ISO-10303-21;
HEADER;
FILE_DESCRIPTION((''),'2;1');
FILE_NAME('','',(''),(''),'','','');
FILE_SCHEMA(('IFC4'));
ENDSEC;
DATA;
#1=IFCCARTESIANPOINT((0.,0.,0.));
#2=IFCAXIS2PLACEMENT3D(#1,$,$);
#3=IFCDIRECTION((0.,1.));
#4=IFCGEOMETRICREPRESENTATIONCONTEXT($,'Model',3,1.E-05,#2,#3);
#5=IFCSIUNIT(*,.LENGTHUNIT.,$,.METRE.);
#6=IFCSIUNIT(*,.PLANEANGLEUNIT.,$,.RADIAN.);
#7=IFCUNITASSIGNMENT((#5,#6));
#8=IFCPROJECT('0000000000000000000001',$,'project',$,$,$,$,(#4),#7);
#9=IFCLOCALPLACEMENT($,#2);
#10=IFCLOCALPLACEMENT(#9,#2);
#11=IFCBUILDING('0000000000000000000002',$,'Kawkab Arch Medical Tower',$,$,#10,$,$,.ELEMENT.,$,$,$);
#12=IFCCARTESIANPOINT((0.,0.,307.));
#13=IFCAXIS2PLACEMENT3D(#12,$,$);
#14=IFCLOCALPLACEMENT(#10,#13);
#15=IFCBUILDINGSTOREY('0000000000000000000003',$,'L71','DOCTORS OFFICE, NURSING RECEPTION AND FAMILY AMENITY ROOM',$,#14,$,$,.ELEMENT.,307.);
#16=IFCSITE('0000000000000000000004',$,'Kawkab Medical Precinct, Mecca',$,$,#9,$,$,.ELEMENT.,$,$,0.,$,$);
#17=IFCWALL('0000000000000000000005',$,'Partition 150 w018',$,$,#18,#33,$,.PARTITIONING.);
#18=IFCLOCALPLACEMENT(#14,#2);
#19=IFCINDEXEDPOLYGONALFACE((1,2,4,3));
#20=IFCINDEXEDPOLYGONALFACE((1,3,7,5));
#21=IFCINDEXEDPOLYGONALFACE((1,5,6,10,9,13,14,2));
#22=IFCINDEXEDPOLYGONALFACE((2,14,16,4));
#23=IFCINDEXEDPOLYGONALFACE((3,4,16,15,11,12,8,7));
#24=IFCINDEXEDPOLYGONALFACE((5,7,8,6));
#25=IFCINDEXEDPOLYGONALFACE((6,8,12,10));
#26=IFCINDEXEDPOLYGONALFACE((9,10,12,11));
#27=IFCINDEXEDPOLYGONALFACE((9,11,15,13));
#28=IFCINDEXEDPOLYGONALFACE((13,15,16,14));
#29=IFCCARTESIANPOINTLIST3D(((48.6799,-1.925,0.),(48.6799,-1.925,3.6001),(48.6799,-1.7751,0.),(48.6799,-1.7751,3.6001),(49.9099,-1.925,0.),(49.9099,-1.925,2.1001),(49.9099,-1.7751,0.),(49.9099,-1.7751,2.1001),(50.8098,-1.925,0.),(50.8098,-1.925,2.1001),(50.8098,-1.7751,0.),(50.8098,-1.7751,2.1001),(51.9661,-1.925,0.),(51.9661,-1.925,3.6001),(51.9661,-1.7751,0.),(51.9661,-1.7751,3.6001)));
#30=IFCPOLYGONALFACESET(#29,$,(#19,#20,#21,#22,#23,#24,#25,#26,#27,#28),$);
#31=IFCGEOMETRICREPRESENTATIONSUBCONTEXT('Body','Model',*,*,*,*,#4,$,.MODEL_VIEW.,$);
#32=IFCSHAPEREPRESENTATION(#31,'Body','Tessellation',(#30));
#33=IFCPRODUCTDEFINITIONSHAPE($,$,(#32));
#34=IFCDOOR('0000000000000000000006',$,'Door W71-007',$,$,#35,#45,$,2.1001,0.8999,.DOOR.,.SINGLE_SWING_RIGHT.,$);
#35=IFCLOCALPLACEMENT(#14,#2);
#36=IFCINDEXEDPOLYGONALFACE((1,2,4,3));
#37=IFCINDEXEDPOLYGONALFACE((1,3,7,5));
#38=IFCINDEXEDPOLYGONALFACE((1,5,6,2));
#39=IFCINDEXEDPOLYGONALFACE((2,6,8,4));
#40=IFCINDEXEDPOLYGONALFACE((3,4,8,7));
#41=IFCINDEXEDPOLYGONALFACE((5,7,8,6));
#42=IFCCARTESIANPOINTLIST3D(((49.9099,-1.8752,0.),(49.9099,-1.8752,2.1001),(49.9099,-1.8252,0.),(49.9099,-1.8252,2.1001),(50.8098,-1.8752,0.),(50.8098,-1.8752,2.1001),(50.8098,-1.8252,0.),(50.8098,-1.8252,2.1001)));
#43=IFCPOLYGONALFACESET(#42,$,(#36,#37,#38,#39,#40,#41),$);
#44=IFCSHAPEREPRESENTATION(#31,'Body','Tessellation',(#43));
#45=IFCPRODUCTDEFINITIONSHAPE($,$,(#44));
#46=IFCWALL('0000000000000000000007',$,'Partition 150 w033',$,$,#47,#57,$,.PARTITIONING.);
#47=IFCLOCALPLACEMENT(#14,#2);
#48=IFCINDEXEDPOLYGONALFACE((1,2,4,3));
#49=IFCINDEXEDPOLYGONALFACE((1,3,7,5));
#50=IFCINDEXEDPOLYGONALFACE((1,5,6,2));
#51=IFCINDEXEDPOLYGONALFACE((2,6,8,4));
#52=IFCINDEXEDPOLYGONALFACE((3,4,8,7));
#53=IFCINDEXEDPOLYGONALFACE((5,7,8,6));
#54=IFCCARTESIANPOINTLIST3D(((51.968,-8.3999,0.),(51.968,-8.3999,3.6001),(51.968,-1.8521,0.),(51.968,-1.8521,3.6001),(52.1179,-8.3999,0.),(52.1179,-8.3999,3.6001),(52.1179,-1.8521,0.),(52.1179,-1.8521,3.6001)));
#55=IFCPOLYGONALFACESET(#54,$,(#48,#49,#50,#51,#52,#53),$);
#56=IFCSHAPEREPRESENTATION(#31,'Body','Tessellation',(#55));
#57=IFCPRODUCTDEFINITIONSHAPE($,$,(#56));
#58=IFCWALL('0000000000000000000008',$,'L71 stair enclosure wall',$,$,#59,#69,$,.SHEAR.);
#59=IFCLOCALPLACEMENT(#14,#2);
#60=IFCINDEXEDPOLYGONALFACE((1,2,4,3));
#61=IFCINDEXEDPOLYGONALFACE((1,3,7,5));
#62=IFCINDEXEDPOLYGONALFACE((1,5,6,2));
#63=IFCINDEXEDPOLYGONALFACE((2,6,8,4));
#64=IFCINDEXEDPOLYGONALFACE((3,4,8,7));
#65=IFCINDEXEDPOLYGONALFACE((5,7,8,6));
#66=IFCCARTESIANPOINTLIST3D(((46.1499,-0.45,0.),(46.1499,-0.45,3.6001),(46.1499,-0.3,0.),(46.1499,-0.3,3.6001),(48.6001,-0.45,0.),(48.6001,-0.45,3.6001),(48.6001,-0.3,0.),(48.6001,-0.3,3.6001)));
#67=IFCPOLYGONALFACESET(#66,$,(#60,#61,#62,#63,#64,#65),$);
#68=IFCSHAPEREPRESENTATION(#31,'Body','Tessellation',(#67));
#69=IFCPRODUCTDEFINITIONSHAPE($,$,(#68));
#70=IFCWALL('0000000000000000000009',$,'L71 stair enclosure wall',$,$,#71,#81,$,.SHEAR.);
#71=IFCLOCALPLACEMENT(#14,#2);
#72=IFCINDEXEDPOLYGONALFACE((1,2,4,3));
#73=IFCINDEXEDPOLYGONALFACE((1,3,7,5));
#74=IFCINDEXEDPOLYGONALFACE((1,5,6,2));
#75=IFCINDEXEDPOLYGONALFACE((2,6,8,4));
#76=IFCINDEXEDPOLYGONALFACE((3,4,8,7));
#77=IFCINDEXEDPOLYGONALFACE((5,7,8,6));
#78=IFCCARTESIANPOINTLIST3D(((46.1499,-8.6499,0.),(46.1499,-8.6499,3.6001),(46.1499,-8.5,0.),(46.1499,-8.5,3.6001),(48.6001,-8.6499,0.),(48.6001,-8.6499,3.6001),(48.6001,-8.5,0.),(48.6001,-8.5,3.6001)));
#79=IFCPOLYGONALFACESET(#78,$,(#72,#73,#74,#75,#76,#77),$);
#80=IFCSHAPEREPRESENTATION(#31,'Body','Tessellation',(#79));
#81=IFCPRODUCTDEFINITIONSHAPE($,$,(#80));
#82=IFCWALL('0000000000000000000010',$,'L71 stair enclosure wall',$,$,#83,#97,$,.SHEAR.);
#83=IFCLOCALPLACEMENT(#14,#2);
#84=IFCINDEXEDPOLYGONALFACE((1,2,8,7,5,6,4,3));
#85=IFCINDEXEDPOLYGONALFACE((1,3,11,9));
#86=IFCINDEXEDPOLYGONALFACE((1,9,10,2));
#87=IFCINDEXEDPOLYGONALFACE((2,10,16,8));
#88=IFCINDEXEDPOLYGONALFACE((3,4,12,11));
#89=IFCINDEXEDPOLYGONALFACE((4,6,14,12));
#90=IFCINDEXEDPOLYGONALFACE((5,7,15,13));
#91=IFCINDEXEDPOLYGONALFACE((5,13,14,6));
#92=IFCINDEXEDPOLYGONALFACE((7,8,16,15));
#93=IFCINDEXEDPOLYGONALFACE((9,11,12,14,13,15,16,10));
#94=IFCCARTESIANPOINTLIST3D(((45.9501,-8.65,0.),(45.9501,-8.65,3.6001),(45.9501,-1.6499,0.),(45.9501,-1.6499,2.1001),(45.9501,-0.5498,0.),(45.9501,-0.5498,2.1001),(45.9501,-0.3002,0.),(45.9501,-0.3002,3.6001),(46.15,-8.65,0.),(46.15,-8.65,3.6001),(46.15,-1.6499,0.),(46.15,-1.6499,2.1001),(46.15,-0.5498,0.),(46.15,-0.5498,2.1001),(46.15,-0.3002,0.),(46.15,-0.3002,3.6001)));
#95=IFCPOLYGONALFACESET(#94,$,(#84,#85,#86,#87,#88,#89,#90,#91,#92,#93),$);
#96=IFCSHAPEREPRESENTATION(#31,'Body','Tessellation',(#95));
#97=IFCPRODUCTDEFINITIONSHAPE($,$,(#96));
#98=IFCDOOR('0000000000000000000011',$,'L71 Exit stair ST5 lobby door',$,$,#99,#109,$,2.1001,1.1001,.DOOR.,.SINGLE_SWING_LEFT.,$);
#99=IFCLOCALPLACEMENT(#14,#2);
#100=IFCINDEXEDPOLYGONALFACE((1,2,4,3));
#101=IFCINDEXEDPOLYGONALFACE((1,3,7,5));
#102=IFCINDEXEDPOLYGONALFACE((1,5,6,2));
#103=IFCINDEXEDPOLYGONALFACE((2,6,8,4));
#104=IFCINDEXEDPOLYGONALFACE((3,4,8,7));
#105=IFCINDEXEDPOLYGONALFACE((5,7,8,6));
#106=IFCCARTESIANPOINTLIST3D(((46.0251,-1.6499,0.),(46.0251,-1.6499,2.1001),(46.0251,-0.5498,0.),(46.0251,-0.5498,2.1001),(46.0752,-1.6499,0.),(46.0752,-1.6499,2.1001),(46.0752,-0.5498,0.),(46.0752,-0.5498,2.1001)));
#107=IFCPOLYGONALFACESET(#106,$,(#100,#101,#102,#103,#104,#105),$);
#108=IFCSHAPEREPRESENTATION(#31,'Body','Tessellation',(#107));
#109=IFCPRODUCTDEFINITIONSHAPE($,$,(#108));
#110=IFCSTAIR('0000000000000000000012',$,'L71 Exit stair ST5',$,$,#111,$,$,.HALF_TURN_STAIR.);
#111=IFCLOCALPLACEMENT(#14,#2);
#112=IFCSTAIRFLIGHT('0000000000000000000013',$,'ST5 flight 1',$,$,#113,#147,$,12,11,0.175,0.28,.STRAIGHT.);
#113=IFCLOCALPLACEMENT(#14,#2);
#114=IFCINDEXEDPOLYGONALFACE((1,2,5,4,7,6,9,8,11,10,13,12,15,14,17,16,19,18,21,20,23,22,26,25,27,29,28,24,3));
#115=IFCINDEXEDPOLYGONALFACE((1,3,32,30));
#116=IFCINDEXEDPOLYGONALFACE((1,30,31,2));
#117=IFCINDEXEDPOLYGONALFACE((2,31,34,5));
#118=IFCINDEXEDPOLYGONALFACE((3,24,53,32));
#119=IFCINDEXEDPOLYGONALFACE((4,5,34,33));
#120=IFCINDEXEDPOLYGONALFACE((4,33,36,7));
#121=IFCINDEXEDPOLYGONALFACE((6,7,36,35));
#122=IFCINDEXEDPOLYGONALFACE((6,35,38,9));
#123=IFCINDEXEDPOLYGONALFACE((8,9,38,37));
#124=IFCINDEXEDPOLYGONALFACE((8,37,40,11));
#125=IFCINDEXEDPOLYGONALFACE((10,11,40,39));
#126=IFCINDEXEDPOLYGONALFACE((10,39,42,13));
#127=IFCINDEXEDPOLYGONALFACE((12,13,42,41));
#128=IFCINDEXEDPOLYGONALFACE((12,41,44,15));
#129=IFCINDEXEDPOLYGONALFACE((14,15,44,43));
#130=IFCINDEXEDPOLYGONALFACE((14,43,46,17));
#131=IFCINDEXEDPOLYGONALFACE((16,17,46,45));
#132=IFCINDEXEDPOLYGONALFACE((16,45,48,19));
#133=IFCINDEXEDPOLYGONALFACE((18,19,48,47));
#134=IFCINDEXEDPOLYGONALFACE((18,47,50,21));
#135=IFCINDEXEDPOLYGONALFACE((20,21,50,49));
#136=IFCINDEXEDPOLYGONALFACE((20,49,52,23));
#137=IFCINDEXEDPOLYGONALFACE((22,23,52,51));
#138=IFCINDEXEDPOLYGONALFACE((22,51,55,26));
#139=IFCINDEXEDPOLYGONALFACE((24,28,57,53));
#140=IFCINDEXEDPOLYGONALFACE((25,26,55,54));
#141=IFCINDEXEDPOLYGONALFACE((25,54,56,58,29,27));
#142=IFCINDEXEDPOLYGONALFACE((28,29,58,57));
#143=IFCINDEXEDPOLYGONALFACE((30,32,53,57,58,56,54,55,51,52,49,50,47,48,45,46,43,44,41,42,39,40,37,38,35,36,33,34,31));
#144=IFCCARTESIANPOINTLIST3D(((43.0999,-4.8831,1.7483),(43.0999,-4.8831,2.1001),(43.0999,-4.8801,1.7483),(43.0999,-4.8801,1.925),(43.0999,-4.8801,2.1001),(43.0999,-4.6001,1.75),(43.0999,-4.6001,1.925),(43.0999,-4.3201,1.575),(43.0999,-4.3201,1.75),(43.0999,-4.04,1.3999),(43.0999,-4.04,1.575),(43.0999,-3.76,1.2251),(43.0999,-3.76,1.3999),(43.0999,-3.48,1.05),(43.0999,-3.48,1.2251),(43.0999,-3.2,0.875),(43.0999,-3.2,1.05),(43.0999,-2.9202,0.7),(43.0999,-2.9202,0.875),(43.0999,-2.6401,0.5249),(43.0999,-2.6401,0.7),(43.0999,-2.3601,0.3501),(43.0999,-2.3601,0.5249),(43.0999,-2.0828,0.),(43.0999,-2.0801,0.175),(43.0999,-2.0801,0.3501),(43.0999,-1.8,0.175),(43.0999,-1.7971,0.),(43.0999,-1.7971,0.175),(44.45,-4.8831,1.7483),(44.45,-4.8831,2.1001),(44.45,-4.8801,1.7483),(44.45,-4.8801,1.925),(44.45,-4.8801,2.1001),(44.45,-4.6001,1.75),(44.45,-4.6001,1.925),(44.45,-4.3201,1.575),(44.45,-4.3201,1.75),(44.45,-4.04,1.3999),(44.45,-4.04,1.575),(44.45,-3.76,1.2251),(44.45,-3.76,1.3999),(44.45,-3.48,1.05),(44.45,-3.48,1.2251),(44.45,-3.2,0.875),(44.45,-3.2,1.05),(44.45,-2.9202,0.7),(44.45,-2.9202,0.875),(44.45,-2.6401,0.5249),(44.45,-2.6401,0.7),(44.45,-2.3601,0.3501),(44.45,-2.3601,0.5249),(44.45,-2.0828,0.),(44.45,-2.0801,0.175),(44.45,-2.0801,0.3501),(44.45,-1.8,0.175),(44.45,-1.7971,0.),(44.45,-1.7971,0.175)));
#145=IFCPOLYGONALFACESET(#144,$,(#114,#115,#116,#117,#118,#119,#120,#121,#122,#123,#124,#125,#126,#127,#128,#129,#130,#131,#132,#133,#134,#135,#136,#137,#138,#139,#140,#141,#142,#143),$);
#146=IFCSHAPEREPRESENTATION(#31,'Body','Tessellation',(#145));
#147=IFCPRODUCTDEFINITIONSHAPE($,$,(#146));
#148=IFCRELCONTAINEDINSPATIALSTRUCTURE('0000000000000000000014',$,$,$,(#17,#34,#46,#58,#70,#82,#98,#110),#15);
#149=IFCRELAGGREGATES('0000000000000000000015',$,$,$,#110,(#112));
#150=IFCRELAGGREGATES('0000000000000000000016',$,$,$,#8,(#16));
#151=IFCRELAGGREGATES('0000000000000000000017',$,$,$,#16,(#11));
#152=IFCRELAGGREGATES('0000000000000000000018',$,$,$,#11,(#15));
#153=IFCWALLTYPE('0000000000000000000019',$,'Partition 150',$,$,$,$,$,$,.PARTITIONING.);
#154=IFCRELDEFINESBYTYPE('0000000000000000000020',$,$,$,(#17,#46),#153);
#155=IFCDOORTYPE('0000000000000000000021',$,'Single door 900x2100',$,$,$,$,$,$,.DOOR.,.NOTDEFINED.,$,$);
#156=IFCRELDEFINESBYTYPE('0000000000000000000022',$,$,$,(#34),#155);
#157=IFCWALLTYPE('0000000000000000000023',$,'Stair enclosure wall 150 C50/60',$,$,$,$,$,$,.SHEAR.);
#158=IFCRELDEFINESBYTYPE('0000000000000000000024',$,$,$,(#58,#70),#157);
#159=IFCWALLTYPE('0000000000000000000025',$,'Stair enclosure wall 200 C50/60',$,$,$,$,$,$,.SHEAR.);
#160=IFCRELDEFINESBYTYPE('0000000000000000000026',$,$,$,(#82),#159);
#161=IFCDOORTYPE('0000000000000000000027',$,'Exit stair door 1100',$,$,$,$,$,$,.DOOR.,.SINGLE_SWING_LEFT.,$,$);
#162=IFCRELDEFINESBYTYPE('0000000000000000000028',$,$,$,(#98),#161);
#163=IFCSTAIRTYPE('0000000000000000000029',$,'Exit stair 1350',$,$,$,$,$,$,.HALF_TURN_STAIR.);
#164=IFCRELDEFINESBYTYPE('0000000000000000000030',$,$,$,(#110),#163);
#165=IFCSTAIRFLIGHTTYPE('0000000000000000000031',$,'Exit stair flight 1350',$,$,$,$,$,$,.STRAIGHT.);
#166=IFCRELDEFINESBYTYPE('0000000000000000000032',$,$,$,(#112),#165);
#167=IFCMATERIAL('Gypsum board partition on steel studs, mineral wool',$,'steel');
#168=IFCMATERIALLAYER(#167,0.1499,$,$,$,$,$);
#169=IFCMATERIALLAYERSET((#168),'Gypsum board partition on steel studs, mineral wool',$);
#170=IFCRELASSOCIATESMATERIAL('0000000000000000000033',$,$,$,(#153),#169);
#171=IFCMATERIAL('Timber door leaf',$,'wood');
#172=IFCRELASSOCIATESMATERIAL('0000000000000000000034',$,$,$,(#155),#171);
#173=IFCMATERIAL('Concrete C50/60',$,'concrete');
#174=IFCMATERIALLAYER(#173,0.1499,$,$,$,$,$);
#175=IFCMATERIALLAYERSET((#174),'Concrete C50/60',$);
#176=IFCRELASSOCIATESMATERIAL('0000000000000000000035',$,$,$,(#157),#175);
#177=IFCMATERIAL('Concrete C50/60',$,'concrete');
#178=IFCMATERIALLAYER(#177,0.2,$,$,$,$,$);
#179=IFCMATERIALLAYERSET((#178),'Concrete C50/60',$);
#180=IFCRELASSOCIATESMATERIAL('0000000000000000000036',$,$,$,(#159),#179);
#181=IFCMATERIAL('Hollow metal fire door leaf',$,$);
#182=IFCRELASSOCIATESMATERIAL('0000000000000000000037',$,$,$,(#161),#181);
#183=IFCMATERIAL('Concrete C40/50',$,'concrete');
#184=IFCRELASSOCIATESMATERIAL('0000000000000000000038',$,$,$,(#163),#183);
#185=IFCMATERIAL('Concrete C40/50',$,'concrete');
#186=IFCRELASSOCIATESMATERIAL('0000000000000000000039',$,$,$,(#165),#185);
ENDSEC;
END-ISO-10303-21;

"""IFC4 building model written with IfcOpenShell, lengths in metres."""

from ifc_helpers import new_model, si_unit, direction, frame, frame_2d, origin, place, context, subcontext, project, spatial, polyline, rectangle, outline, extrude, material, layer, layer_set, type_object, element, fill, aggregate, save


model = new_model("IFC4")

# Units and contexts
model_context = context("Model", 3, precision=1e-05, world=origin(), true_north=direction((0.0, 1.0)))
body_context = subcontext(model_context, "Body", "Model", "MODEL_VIEW")
ifc_project = project(units=[si_unit("LENGTHUNIT", "METRE"), si_unit("PLANEANGLEUNIT", "RADIAN")], contexts=[model_context])

# Site, building, storey
site_placement = place(None, origin())
site = spatial("IfcSite", under=ifc_project, at=site_placement, Name="Kawkab Medical Precinct, Mecca", CompositionType="ELEMENT", RefElevation=0.0)
building_placement = place(site_placement, origin())
building = spatial("IfcBuilding", under=site, at=building_placement, Name="Kawkab Arch Medical Tower", CompositionType="ELEMENT")
storey_placement = place(building_placement, frame((0.0, 0.0, 307.0)))
storey = spatial("IfcBuildingStorey", under=building, at=storey_placement, Name="L71", Description="DOCTORS OFFICE, NURSING RECEPTION AND FAMILY AMENITY ROOM", CompositionType="ELEMENT", Elevation=307.0)

# Shared definitions
placement = place(storey_placement, origin())

# Wall, opening, door
ifc_material_1 = material(Name="Gypsum board partition on steel studs, mineral wool", Category="steel")
ifc_layer_1 = layer(ifc_material_1, 0.1499)
ifc_layer_set_1 = layer_set([ifc_layer_1], Name="Gypsum board partition on steel studs, mineral wool")
wall_type_1 = type_object("IfcWallType", Name="Partition 150", PredefinedType="PARTITIONING", material=ifc_layer_set_1)
wall_1_placement = place(storey_placement, frame((48.6799, -1.8501, 0.0), z_axis=(0.0, 0.0, 1.0), x_axis=(1.0, 0.0, 0.0)))
wall_1 = element("IfcWall", 1, at=wall_1_placement, inside=storey, type_object=wall_type_1, Name="Partition 150 w018", PredefinedType="PARTITIONING", context=body_context, shape_type="SweptSolid", body=[
    extrude(rectangle(XDim=3.2861, YDim=0.1499, at=frame_2d((1.6431, 0.0))), origin(), (0.0, 0.0, 1.0), 3.6001),
])
opening_1_placement = place(wall_1_placement, frame((1.23, 0.0, 0.0)))
opening_1 = element("IfcOpeningElement", 2, at=opening_1_placement, cuts=wall_1, PredefinedType="OPENING", context=body_context, shape_type="SweptSolid", body=[
    extrude(rectangle(XDim=0.8999, YDim=2.1001, at=frame_2d((0.45, 1.05))), frame((0.0, 0.085, 0.0), z_axis=(0.0, -1.0, 0.0), x_axis=(1.0, 0.0, 0.0)), (0.0, 0.0, 1.0), 0.1699),
])
ifc_material_2 = material(Name="Timber door leaf", Category="wood")
door_type_1 = type_object("IfcDoorType", Name="Single door 900x2100", OperationType="NOTDEFINED", PredefinedType="DOOR", material=ifc_material_2)
door_1_placement = place(opening_1_placement, origin())
door_1 = element("IfcDoor", 3, at=door_1_placement, inside=storey, type_object=door_type_1, Name="Door W71-007", OperationType="SINGLE_SWING_RIGHT", OverallHeight=2.1001, OverallWidth=0.8999, PredefinedType="DOOR", context=body_context, shape_type="SweptSolid", body=[
    extrude(rectangle(XDim=0.8999, YDim=2.1001, at=frame_2d((0.45, 1.05))), frame((0.0, 0.0249, 0.0), z_axis=(0.0, -1.0, 0.0), x_axis=(1.0, 0.0, 0.0)), (0.0, 0.0, 1.0), 0.05),
])
fill(opening_1, door_1)

# Walls
wall_2_placement = place(storey_placement, frame((52.043, -8.3999, 0.0), z_axis=(0.0, 0.0, 1.0), x_axis=(0.0, 1.0, 0.0)))
element("IfcWall", 4, at=wall_2_placement, inside=storey, type_object=wall_type_1, Name="Partition 150 w033", PredefinedType="PARTITIONING", context=body_context, shape_type="SweptSolid", body=[
    extrude(rectangle(XDim=6.5479, YDim=0.1499, at=frame_2d((3.2739, 0.0))), origin(), (0.0, 0.0, 1.0), 3.6001),
])
ifc_material_3 = material(Name="Concrete C50/60", Category="concrete")
ifc_layer_2 = layer(ifc_material_3, 0.1499)
ifc_layer_set_2 = layer_set([ifc_layer_2], Name="Concrete C50/60")
wall_type_2 = type_object("IfcWallType", Name="Stair enclosure wall 150 C50/60", PredefinedType="SHEAR", material=ifc_layer_set_2)
for number, where, z_axis, x_axis, name in (
    (5, (46.1499, -0.375, 0.0), (0.0, 0.0, 1.0), (1.0, 0.0, 0.0), "L71 stair enclosure wall"),
    (6, (46.1499, -8.575, 0.0), (0.0, 0.0, 1.0), (1.0, 0.0, 0.0), "L71 stair enclosure wall"),
):
    element("IfcWall", number, at=place(storey_placement, frame(where, z_axis=z_axis, x_axis=x_axis)), inside=storey, type_object=wall_type_2, Name=name, PredefinedType="SHEAR", context=body_context, shape_type="SweptSolid", body=[
        extrude(rectangle(XDim=2.4502, YDim=0.1499, at=frame_2d((1.2251, 0.0))), origin(), (0.0, 0.0, 1.0), 3.6001),
    ])

# Wall, opening, door
ifc_material_4 = material(Name="Concrete C50/60", Category="concrete")
ifc_layer_3 = layer(ifc_material_4, 0.2)
ifc_layer_set_3 = layer_set([ifc_layer_3], Name="Concrete C50/60")
wall_type_3 = type_object("IfcWallType", Name="Stair enclosure wall 200 C50/60", PredefinedType="SHEAR", material=ifc_layer_set_3)
wall_3_placement = place(storey_placement, frame((46.05, -8.6499, 0.0), z_axis=(0.0, 0.0, 1.0), x_axis=(0.0, 1.0, 0.0)))
wall_3 = element("IfcWall", 7, at=wall_3_placement, inside=storey, type_object=wall_type_3, Name="L71 stair enclosure wall", PredefinedType="SHEAR", context=body_context, shape_type="SweptSolid", body=[
    extrude(rectangle(XDim=8.3499, YDim=0.2, at=frame_2d((4.1748, 0.0))), origin(), (0.0, 0.0, 1.0), 3.6001),
])
opening_2_placement = place(wall_3_placement, frame((7.0, 0.0, 0.0)))
opening_2 = element("IfcOpeningElement", 8, at=opening_2_placement, cuts=wall_3, PredefinedType="OPENING", context=body_context, shape_type="SweptSolid", body=[
    extrude(rectangle(XDim=1.1001, YDim=2.1001, at=frame_2d((0.55, 1.05))), frame((0.0, 0.1099, 0.0), z_axis=(0.0, -1.0, 0.0), x_axis=(1.0, 0.0, 0.0)), (0.0, 0.0, 1.0), 0.22),
])
ifc_material_5 = material(Name="Hollow metal fire door leaf")
door_type_2 = type_object("IfcDoorType", Name="Exit stair door 1100", OperationType="SINGLE_SWING_LEFT", PredefinedType="DOOR", material=ifc_material_5)
door_2_placement = place(opening_2_placement, origin())
door_2 = element("IfcDoor", 9, at=door_2_placement, inside=storey, type_object=door_type_2, Name="L71 Exit stair ST5 lobby door", OperationType="SINGLE_SWING_LEFT", OverallHeight=2.1001, OverallWidth=1.1001, PredefinedType="DOOR", context=body_context, shape_type="SweptSolid", body=[
    extrude(rectangle(XDim=1.1001, YDim=2.1001, at=frame_2d((0.55, 1.05))), frame((0.0, 0.0249, 0.0), z_axis=(0.0, -1.0, 0.0), x_axis=(1.0, 0.0, 0.0)), (0.0, 0.0, 1.0), 0.05),
])
fill(opening_2, door_2)

# Stair, stair flight
ifc_material_6 = material(Name="Concrete C40/50", Category="concrete")
stair_type = type_object("IfcStairType", Name="Exit stair 1350", PredefinedType="HALF_TURN_STAIR", material=ifc_material_6)
stair = element("IfcStair", 10, at=placement, inside=storey, type_object=stair_type, Name="L71 Exit stair ST5", PredefinedType="HALF_TURN_STAIR")
ifc_material_7 = material(Name="Concrete C40/50", Category="concrete")
stair_flight_type = type_object("IfcStairFlightType", Name="Exit stair flight 1350", PredefinedType="STRAIGHT", material=ifc_material_7)
stair_flight_1_placement = place(storey_placement, frame((43.7749, -1.8, 0.0), z_axis=(0.0, 0.0, 1.0), x_axis=(0.0, -1.0, 0.0)))
stair_flight_1 = element("IfcStairFlight", 11, at=stair_flight_1_placement, type_object=stair_flight_type, Name="ST5 flight 1", NumberOfRisers=12, NumberOfTreads=11, PredefinedType="STRAIGHT", RiserHeight=0.175, TreadLength=0.28, context=body_context, shape_type="SweptSolid", body=[
    extrude(outline(polyline([(-0.0029, 0.0), (-0.0029, 0.175), (0.0, 0.175), (0.28, 0.175), (0.28, 0.3501), (0.5601, 0.3501), (0.5601, 0.5249), (0.8401, 0.5249), (0.8401, 0.7), (1.1201, 0.7), (1.1201, 0.875), (1.3999, 0.875), (1.3999, 1.05), (1.6799, 1.05), (1.6799, 1.2251), (1.96, 1.2251), (1.96, 1.3999), (2.24, 1.3999), (2.24, 1.575), (2.52, 1.575), (2.52, 1.75), (2.8, 1.75), (2.8, 1.925), (3.0801, 1.925), (3.0801, 2.1001), (3.083, 2.1001), (3.083, 1.7483), (3.0801, 1.7483), (0.2827, 0.0), (-0.0029, 0.0)])), frame((0.0, 0.675, 0.0), z_axis=(0.0, -1.0, 0.0), x_axis=(1.0, 0.0, 0.0)), (0.0, 0.0, 1.0), 1.3501),
])
aggregate(stair, [stair_flight_1])

save(model, "model.ifc")
